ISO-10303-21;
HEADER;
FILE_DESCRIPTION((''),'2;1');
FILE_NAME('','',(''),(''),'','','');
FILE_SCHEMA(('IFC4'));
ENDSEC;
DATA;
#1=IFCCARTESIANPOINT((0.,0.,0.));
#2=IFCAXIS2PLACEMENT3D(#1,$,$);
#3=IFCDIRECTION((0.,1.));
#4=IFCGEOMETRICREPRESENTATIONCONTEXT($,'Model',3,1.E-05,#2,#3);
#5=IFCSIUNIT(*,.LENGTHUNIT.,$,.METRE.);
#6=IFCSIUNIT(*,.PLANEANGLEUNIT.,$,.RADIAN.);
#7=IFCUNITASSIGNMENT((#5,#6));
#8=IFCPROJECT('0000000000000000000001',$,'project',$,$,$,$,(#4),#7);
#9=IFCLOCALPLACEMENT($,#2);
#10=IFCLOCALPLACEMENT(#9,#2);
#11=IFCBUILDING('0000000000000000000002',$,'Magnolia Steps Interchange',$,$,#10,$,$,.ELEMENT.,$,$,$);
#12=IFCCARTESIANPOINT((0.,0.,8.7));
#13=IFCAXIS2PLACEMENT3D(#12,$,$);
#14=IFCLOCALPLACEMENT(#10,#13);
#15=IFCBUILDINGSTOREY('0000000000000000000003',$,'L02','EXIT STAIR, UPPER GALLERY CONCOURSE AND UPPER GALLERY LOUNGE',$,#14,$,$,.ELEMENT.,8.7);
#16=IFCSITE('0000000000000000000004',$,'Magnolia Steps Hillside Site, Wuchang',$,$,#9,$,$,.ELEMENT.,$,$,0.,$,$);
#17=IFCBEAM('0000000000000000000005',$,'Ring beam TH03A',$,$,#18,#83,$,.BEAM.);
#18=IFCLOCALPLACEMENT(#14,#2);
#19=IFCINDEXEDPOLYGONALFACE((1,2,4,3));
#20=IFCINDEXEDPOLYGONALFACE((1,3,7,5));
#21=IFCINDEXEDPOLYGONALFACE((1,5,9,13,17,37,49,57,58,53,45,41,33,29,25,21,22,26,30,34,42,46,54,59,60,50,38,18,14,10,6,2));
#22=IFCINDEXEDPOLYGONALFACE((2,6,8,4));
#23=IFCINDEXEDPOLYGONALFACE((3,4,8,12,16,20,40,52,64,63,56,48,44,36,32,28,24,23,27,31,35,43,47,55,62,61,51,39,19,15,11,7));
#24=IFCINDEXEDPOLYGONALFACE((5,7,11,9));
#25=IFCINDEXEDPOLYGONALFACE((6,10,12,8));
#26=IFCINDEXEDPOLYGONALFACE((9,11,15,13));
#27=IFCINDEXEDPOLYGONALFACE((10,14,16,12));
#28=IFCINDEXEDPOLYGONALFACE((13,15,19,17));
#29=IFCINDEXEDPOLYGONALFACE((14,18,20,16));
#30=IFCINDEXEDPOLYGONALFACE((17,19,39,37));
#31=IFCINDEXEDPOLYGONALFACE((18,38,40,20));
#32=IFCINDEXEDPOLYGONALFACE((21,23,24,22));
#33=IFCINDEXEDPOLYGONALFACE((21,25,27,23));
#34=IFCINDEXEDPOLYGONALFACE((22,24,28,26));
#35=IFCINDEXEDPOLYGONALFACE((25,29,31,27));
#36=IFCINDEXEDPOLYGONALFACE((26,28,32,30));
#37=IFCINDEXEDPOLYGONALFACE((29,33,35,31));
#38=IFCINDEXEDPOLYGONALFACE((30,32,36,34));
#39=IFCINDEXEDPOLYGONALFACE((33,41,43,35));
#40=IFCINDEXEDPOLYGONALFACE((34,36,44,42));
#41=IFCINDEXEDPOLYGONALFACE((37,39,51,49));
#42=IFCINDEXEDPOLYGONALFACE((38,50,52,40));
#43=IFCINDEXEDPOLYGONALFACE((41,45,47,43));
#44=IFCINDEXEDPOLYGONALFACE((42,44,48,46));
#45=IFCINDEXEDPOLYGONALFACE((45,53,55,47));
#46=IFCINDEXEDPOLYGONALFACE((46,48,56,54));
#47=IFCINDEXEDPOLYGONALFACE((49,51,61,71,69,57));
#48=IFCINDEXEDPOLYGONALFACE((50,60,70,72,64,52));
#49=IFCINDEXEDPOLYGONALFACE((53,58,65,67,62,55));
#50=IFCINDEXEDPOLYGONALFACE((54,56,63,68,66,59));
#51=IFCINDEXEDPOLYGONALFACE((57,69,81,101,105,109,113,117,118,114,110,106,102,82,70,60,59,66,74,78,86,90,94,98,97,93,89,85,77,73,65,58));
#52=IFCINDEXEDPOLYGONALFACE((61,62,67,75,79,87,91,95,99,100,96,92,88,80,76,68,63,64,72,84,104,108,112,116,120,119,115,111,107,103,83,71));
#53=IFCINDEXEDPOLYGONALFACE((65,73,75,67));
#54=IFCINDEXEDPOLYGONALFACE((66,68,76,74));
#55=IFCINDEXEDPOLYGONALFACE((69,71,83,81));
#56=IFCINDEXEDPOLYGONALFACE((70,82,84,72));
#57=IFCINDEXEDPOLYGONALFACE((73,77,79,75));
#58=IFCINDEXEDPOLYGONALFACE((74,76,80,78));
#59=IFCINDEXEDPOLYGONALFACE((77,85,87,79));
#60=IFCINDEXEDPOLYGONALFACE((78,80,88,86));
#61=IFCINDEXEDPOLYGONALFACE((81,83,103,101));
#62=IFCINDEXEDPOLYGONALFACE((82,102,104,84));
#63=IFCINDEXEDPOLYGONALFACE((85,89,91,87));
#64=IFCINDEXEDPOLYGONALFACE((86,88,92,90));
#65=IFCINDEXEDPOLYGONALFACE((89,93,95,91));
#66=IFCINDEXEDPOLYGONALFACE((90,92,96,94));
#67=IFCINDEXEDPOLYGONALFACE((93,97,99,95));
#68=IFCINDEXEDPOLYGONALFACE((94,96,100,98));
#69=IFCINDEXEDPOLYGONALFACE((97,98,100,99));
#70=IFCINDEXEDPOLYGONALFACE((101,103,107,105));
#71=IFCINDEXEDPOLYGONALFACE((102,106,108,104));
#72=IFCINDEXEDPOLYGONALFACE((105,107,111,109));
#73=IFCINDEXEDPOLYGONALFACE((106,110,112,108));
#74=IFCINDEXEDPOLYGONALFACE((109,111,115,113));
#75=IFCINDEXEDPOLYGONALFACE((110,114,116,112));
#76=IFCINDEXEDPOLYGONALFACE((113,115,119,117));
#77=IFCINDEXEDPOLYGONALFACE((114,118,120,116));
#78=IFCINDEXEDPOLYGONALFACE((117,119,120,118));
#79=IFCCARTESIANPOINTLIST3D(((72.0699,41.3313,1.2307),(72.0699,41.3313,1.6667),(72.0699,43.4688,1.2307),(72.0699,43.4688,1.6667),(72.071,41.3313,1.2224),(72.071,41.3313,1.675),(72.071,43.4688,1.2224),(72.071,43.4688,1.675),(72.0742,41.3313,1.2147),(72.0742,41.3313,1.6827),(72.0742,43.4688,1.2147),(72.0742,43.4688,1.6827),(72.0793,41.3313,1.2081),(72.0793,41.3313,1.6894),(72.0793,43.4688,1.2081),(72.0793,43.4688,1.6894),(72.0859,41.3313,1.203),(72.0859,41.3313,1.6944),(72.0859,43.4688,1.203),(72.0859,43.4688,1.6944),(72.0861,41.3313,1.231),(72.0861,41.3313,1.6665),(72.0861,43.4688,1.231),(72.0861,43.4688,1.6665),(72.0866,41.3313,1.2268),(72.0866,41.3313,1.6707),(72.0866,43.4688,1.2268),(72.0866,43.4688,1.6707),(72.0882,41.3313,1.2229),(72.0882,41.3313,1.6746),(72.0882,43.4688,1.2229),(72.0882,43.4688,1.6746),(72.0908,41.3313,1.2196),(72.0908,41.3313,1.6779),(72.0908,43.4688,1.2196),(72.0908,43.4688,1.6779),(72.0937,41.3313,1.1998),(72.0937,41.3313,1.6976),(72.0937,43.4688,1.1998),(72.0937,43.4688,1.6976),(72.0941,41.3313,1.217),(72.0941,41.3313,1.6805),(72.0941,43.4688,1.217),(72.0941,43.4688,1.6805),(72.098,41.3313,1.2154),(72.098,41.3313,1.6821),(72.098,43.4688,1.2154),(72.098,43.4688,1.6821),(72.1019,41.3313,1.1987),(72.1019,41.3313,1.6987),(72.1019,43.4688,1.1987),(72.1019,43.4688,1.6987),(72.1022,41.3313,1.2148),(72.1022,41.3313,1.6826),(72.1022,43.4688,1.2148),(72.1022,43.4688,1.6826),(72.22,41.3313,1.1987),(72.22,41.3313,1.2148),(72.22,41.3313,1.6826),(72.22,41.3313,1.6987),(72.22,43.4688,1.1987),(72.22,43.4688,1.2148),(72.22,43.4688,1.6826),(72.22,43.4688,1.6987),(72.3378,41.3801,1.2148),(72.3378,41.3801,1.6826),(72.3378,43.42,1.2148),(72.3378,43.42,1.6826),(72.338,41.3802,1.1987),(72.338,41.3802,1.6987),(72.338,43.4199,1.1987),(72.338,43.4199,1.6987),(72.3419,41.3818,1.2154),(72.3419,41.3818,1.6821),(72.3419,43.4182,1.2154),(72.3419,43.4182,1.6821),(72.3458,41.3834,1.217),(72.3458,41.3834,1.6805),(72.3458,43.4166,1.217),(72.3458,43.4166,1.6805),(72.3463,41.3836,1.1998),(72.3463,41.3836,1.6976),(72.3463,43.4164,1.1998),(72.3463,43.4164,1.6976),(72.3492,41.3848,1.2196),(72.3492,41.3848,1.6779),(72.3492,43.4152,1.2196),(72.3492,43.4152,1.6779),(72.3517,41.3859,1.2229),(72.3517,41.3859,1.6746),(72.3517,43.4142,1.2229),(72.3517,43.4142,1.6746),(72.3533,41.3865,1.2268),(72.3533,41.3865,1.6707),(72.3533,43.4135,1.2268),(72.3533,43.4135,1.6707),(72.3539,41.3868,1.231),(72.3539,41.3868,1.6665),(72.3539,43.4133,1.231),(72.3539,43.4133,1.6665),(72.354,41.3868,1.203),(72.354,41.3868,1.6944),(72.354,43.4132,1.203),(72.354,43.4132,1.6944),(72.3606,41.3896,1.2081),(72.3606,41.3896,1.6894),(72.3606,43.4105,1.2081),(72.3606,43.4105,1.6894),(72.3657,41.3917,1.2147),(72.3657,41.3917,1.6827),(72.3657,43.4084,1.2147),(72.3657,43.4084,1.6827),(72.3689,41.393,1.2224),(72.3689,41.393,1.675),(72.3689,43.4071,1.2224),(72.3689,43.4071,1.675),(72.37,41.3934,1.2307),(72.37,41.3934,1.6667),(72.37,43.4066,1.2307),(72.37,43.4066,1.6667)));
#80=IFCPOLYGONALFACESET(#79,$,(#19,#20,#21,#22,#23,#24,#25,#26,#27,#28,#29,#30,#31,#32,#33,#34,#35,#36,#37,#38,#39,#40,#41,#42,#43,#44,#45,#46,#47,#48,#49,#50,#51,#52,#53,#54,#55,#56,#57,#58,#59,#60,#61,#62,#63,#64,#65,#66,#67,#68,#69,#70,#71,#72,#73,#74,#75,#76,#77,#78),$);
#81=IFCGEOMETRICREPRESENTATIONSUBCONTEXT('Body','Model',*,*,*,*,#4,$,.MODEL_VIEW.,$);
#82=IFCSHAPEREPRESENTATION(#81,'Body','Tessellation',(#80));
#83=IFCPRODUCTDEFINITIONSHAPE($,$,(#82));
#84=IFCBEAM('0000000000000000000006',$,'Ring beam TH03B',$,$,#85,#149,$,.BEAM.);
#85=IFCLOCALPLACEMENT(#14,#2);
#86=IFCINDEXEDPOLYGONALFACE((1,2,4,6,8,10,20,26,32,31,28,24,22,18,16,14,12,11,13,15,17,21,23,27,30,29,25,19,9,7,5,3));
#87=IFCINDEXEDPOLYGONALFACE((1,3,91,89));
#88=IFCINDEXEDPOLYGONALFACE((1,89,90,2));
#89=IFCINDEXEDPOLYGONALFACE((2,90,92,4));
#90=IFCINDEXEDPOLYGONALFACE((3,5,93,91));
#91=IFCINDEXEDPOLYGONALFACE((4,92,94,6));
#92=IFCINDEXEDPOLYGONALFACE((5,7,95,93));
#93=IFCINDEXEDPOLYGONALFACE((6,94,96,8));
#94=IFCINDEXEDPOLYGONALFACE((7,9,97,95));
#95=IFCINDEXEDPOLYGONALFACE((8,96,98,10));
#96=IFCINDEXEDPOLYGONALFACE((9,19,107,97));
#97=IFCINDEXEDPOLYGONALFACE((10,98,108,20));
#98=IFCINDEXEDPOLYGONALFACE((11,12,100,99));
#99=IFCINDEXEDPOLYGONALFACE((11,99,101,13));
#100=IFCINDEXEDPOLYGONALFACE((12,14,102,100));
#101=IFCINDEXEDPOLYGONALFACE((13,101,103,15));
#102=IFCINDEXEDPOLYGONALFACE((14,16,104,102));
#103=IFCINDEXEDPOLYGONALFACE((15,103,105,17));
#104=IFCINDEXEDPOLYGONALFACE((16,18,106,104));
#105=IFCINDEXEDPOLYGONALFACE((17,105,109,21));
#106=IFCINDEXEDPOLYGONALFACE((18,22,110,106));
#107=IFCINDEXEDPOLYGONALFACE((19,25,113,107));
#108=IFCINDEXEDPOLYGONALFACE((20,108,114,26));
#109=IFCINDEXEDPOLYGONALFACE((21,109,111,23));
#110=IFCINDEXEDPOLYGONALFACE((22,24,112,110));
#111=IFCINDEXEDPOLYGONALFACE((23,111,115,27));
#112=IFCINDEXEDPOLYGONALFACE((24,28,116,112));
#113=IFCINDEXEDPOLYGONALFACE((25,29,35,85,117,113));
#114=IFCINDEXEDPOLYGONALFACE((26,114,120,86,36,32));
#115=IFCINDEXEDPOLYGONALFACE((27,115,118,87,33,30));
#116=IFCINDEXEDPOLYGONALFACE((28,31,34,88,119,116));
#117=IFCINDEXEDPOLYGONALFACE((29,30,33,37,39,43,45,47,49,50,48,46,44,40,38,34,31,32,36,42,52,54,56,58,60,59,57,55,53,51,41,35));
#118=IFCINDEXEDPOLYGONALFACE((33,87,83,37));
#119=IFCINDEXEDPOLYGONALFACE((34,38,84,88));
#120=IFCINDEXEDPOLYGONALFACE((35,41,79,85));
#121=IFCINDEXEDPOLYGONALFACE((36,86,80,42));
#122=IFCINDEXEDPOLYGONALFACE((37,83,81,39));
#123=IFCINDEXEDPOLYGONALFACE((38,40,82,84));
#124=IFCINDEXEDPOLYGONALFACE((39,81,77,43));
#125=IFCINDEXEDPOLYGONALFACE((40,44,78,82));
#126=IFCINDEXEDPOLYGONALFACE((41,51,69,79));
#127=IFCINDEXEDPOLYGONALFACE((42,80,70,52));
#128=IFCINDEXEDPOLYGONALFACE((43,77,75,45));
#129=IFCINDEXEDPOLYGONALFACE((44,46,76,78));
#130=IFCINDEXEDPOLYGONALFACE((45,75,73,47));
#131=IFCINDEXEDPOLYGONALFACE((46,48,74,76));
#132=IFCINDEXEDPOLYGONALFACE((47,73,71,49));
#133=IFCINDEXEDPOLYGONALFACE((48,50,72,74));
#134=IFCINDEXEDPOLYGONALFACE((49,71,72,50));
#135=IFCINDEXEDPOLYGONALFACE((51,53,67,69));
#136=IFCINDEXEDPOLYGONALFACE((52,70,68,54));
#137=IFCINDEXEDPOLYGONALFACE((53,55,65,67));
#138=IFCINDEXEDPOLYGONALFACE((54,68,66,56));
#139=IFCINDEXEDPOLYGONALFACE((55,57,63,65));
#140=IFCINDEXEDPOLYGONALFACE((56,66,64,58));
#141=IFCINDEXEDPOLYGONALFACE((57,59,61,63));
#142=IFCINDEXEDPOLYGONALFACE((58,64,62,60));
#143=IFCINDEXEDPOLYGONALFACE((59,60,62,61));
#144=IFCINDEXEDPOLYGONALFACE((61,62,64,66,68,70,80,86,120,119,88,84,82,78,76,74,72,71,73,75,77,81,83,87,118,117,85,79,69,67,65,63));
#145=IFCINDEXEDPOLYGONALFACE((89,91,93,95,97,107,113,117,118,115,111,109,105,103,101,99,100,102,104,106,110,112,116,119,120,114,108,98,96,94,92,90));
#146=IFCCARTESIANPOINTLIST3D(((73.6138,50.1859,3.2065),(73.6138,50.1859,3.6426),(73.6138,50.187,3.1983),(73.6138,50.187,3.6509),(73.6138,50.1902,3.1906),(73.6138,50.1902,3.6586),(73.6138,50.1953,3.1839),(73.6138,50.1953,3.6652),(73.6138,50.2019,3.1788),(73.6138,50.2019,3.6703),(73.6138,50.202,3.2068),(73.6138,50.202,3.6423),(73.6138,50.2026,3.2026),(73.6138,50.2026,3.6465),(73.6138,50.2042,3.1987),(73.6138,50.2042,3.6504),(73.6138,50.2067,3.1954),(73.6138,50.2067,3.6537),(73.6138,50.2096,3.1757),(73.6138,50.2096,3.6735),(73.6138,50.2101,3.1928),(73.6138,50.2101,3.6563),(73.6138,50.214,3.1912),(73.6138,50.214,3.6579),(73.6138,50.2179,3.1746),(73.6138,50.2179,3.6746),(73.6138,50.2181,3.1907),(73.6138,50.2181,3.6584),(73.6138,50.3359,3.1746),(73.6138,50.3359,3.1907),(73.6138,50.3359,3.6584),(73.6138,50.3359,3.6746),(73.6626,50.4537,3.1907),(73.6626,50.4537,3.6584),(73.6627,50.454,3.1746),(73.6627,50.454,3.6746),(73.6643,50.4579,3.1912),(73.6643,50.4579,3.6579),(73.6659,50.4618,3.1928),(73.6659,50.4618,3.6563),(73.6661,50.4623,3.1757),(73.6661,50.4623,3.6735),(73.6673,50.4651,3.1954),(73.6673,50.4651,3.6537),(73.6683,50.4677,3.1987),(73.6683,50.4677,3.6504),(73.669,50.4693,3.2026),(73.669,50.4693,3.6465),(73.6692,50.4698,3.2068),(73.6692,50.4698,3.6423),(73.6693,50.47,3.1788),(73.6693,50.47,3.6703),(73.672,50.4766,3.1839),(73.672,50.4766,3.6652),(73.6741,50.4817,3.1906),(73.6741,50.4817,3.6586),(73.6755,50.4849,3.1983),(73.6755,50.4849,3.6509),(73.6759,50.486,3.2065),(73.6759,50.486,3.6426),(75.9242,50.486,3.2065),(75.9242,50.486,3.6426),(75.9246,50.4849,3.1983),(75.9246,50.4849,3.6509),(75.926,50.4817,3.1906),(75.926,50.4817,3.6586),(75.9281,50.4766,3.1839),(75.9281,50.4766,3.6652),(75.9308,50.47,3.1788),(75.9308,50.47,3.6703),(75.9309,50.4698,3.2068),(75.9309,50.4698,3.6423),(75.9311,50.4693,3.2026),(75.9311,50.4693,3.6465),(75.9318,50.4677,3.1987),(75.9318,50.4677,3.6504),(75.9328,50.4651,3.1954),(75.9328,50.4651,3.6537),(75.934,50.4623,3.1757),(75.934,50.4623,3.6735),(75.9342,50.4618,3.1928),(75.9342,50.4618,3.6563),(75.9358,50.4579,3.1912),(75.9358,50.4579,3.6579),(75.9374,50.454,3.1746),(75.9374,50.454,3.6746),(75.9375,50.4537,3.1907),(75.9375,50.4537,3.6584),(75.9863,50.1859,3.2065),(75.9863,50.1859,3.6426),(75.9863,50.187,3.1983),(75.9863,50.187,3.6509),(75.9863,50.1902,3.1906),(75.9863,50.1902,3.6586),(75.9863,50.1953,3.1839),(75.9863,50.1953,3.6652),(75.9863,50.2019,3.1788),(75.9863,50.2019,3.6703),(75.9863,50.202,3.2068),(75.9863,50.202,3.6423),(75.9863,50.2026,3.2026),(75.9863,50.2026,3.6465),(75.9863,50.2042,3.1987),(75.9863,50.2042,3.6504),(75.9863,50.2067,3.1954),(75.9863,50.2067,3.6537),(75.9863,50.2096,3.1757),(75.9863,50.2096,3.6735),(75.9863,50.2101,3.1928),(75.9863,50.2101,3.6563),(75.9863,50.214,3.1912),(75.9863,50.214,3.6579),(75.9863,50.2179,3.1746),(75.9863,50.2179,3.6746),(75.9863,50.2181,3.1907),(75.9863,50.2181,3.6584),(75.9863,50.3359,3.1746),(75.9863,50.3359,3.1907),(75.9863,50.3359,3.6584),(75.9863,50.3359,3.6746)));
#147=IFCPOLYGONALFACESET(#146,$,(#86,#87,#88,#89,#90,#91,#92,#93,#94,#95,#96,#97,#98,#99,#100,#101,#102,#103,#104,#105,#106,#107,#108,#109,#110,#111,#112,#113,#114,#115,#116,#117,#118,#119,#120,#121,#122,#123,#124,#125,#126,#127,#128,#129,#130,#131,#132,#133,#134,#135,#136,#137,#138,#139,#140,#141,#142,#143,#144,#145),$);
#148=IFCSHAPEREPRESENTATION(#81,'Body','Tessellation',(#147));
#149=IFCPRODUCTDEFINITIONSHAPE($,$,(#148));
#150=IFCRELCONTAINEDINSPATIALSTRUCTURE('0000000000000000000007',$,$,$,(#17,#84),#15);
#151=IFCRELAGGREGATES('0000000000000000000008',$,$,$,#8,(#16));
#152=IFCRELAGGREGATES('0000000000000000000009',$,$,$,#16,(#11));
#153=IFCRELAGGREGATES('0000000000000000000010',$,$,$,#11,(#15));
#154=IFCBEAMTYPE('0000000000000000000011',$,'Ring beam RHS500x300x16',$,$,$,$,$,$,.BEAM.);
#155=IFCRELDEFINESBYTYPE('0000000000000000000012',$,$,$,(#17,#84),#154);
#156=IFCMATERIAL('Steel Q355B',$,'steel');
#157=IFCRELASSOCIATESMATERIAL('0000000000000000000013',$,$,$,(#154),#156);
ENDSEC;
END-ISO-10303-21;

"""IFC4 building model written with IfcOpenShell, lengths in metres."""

from ifc_helpers import new_model, si_unit, direction, frame, origin, origin_2d, place, context, subcontext, project, spatial, hollow_rectangle, extrude, clip, halfspace, material, material_profile, profile_set, type_object, element, save


model = new_model("IFC4")

# Units and contexts
model_context = context("Model", 3, precision=1e-05, world=origin(), true_north=direction((0.0, 1.0)))
body_context = subcontext(model_context, "Body", "Model", "MODEL_VIEW")
ifc_project = project(units=[si_unit("LENGTHUNIT", "METRE"), si_unit("PLANEANGLEUNIT", "RADIAN")], contexts=[model_context])

# Site, building, storey
site_placement = place(None, origin())
site = spatial("IfcSite", under=ifc_project, at=site_placement, Name="Magnolia Steps Hillside Site, Wuchang", CompositionType="ELEMENT", RefElevation=0.0)
building_placement = place(site_placement, origin())
building = spatial("IfcBuilding", under=site, at=building_placement, Name="Magnolia Steps Interchange", CompositionType="ELEMENT")
storey_placement = place(building_placement, frame((0.0, 0.0, 8.7)))
storey = spatial("IfcBuildingStorey", under=building, at=storey_placement, Name="L02", Description="EXIT STAIR, UPPER GALLERY CONCOURSE AND UPPER GALLERY LOUNGE", CompositionType="ELEMENT", Elevation=8.7)

# Beams
ifc_material_1 = material(Name="Steel Q355B", Category="steel")
ifc_material_profile_1 = material_profile(ifc_material_1, hollow_rectangle(XDim=0.3, YDim=0.5, WallThickness=0.0161, InnerFilletRadius=0.0161, OuterFilletRadius=0.032, at=origin_2d()), Name="RHS500x300x16")
ifc_profile_set_1 = profile_set([ifc_material_profile_1], Name="Steel Q355B")
beam_type_1 = type_object("IfcBeamType", Name="Ring beam RHS500x300x16", PredefinedType="BEAM", material=ifc_profile_set_1)
beam_1_placement = place(storey_placement, frame((72.22, 43.4688, 1.4487), z_axis=(0.0, -1.0, 0.0), x_axis=(1.0, 0.0, 0.0)))
element("IfcBeam", 1, at=beam_1_placement, inside=storey, type_object=beam_type_1, Name="Ring beam TH03A", PredefinedType="BEAM", context=body_context, shape_type="Clipping", body=[
    clip(clip(extrude(hollow_rectangle(XDim=0.3, YDim=0.5, WallThickness=0.0161, InnerFilletRadius=0.0161, OuterFilletRadius=0.032, at=origin_2d()), origin(), (0.0, 0.0, 1.0), 2.1375), halfspace(frame((0.0, 0.0, 0.0), z_axis=(0.382683, 0.0, -0.92388), x_axis=(0.92388, 0.0, 0.382683)), False)), halfspace(frame((0.0, 0.0, 2.1375), z_axis=(0.382683, 0.0, 0.92388), x_axis=(0.92388, 0.0, -0.382683)), False)),
])
beam_2_placement = place(storey_placement, frame((73.6138, 50.3359, 3.4246), z_axis=(1.0, 0.0, 0.0), x_axis=(0.0, 1.0, 0.0)))
element("IfcBeam", 2, at=beam_2_placement, inside=storey, type_object=beam_type_1, Name="Ring beam TH03B", PredefinedType="BEAM", context=body_context, shape_type="Clipping", body=[
    clip(clip(extrude(hollow_rectangle(XDim=0.3, YDim=0.5, WallThickness=0.0161, InnerFilletRadius=0.0161, OuterFilletRadius=0.032, at=origin_2d()), origin(), (0.0, 0.0, 1.0), 2.3726), halfspace(frame((0.0, 0.0, 0.0), z_axis=(0.382683, 0.0, -0.92388), x_axis=(0.92388, 0.0, 0.382683)), False)), halfspace(frame((0.0, 0.0, 2.3726), z_axis=(0.382683, 0.0, 0.92388), x_axis=(0.92388, 0.0, -0.382683)), False)),
])

save(model, "model.ifc")
